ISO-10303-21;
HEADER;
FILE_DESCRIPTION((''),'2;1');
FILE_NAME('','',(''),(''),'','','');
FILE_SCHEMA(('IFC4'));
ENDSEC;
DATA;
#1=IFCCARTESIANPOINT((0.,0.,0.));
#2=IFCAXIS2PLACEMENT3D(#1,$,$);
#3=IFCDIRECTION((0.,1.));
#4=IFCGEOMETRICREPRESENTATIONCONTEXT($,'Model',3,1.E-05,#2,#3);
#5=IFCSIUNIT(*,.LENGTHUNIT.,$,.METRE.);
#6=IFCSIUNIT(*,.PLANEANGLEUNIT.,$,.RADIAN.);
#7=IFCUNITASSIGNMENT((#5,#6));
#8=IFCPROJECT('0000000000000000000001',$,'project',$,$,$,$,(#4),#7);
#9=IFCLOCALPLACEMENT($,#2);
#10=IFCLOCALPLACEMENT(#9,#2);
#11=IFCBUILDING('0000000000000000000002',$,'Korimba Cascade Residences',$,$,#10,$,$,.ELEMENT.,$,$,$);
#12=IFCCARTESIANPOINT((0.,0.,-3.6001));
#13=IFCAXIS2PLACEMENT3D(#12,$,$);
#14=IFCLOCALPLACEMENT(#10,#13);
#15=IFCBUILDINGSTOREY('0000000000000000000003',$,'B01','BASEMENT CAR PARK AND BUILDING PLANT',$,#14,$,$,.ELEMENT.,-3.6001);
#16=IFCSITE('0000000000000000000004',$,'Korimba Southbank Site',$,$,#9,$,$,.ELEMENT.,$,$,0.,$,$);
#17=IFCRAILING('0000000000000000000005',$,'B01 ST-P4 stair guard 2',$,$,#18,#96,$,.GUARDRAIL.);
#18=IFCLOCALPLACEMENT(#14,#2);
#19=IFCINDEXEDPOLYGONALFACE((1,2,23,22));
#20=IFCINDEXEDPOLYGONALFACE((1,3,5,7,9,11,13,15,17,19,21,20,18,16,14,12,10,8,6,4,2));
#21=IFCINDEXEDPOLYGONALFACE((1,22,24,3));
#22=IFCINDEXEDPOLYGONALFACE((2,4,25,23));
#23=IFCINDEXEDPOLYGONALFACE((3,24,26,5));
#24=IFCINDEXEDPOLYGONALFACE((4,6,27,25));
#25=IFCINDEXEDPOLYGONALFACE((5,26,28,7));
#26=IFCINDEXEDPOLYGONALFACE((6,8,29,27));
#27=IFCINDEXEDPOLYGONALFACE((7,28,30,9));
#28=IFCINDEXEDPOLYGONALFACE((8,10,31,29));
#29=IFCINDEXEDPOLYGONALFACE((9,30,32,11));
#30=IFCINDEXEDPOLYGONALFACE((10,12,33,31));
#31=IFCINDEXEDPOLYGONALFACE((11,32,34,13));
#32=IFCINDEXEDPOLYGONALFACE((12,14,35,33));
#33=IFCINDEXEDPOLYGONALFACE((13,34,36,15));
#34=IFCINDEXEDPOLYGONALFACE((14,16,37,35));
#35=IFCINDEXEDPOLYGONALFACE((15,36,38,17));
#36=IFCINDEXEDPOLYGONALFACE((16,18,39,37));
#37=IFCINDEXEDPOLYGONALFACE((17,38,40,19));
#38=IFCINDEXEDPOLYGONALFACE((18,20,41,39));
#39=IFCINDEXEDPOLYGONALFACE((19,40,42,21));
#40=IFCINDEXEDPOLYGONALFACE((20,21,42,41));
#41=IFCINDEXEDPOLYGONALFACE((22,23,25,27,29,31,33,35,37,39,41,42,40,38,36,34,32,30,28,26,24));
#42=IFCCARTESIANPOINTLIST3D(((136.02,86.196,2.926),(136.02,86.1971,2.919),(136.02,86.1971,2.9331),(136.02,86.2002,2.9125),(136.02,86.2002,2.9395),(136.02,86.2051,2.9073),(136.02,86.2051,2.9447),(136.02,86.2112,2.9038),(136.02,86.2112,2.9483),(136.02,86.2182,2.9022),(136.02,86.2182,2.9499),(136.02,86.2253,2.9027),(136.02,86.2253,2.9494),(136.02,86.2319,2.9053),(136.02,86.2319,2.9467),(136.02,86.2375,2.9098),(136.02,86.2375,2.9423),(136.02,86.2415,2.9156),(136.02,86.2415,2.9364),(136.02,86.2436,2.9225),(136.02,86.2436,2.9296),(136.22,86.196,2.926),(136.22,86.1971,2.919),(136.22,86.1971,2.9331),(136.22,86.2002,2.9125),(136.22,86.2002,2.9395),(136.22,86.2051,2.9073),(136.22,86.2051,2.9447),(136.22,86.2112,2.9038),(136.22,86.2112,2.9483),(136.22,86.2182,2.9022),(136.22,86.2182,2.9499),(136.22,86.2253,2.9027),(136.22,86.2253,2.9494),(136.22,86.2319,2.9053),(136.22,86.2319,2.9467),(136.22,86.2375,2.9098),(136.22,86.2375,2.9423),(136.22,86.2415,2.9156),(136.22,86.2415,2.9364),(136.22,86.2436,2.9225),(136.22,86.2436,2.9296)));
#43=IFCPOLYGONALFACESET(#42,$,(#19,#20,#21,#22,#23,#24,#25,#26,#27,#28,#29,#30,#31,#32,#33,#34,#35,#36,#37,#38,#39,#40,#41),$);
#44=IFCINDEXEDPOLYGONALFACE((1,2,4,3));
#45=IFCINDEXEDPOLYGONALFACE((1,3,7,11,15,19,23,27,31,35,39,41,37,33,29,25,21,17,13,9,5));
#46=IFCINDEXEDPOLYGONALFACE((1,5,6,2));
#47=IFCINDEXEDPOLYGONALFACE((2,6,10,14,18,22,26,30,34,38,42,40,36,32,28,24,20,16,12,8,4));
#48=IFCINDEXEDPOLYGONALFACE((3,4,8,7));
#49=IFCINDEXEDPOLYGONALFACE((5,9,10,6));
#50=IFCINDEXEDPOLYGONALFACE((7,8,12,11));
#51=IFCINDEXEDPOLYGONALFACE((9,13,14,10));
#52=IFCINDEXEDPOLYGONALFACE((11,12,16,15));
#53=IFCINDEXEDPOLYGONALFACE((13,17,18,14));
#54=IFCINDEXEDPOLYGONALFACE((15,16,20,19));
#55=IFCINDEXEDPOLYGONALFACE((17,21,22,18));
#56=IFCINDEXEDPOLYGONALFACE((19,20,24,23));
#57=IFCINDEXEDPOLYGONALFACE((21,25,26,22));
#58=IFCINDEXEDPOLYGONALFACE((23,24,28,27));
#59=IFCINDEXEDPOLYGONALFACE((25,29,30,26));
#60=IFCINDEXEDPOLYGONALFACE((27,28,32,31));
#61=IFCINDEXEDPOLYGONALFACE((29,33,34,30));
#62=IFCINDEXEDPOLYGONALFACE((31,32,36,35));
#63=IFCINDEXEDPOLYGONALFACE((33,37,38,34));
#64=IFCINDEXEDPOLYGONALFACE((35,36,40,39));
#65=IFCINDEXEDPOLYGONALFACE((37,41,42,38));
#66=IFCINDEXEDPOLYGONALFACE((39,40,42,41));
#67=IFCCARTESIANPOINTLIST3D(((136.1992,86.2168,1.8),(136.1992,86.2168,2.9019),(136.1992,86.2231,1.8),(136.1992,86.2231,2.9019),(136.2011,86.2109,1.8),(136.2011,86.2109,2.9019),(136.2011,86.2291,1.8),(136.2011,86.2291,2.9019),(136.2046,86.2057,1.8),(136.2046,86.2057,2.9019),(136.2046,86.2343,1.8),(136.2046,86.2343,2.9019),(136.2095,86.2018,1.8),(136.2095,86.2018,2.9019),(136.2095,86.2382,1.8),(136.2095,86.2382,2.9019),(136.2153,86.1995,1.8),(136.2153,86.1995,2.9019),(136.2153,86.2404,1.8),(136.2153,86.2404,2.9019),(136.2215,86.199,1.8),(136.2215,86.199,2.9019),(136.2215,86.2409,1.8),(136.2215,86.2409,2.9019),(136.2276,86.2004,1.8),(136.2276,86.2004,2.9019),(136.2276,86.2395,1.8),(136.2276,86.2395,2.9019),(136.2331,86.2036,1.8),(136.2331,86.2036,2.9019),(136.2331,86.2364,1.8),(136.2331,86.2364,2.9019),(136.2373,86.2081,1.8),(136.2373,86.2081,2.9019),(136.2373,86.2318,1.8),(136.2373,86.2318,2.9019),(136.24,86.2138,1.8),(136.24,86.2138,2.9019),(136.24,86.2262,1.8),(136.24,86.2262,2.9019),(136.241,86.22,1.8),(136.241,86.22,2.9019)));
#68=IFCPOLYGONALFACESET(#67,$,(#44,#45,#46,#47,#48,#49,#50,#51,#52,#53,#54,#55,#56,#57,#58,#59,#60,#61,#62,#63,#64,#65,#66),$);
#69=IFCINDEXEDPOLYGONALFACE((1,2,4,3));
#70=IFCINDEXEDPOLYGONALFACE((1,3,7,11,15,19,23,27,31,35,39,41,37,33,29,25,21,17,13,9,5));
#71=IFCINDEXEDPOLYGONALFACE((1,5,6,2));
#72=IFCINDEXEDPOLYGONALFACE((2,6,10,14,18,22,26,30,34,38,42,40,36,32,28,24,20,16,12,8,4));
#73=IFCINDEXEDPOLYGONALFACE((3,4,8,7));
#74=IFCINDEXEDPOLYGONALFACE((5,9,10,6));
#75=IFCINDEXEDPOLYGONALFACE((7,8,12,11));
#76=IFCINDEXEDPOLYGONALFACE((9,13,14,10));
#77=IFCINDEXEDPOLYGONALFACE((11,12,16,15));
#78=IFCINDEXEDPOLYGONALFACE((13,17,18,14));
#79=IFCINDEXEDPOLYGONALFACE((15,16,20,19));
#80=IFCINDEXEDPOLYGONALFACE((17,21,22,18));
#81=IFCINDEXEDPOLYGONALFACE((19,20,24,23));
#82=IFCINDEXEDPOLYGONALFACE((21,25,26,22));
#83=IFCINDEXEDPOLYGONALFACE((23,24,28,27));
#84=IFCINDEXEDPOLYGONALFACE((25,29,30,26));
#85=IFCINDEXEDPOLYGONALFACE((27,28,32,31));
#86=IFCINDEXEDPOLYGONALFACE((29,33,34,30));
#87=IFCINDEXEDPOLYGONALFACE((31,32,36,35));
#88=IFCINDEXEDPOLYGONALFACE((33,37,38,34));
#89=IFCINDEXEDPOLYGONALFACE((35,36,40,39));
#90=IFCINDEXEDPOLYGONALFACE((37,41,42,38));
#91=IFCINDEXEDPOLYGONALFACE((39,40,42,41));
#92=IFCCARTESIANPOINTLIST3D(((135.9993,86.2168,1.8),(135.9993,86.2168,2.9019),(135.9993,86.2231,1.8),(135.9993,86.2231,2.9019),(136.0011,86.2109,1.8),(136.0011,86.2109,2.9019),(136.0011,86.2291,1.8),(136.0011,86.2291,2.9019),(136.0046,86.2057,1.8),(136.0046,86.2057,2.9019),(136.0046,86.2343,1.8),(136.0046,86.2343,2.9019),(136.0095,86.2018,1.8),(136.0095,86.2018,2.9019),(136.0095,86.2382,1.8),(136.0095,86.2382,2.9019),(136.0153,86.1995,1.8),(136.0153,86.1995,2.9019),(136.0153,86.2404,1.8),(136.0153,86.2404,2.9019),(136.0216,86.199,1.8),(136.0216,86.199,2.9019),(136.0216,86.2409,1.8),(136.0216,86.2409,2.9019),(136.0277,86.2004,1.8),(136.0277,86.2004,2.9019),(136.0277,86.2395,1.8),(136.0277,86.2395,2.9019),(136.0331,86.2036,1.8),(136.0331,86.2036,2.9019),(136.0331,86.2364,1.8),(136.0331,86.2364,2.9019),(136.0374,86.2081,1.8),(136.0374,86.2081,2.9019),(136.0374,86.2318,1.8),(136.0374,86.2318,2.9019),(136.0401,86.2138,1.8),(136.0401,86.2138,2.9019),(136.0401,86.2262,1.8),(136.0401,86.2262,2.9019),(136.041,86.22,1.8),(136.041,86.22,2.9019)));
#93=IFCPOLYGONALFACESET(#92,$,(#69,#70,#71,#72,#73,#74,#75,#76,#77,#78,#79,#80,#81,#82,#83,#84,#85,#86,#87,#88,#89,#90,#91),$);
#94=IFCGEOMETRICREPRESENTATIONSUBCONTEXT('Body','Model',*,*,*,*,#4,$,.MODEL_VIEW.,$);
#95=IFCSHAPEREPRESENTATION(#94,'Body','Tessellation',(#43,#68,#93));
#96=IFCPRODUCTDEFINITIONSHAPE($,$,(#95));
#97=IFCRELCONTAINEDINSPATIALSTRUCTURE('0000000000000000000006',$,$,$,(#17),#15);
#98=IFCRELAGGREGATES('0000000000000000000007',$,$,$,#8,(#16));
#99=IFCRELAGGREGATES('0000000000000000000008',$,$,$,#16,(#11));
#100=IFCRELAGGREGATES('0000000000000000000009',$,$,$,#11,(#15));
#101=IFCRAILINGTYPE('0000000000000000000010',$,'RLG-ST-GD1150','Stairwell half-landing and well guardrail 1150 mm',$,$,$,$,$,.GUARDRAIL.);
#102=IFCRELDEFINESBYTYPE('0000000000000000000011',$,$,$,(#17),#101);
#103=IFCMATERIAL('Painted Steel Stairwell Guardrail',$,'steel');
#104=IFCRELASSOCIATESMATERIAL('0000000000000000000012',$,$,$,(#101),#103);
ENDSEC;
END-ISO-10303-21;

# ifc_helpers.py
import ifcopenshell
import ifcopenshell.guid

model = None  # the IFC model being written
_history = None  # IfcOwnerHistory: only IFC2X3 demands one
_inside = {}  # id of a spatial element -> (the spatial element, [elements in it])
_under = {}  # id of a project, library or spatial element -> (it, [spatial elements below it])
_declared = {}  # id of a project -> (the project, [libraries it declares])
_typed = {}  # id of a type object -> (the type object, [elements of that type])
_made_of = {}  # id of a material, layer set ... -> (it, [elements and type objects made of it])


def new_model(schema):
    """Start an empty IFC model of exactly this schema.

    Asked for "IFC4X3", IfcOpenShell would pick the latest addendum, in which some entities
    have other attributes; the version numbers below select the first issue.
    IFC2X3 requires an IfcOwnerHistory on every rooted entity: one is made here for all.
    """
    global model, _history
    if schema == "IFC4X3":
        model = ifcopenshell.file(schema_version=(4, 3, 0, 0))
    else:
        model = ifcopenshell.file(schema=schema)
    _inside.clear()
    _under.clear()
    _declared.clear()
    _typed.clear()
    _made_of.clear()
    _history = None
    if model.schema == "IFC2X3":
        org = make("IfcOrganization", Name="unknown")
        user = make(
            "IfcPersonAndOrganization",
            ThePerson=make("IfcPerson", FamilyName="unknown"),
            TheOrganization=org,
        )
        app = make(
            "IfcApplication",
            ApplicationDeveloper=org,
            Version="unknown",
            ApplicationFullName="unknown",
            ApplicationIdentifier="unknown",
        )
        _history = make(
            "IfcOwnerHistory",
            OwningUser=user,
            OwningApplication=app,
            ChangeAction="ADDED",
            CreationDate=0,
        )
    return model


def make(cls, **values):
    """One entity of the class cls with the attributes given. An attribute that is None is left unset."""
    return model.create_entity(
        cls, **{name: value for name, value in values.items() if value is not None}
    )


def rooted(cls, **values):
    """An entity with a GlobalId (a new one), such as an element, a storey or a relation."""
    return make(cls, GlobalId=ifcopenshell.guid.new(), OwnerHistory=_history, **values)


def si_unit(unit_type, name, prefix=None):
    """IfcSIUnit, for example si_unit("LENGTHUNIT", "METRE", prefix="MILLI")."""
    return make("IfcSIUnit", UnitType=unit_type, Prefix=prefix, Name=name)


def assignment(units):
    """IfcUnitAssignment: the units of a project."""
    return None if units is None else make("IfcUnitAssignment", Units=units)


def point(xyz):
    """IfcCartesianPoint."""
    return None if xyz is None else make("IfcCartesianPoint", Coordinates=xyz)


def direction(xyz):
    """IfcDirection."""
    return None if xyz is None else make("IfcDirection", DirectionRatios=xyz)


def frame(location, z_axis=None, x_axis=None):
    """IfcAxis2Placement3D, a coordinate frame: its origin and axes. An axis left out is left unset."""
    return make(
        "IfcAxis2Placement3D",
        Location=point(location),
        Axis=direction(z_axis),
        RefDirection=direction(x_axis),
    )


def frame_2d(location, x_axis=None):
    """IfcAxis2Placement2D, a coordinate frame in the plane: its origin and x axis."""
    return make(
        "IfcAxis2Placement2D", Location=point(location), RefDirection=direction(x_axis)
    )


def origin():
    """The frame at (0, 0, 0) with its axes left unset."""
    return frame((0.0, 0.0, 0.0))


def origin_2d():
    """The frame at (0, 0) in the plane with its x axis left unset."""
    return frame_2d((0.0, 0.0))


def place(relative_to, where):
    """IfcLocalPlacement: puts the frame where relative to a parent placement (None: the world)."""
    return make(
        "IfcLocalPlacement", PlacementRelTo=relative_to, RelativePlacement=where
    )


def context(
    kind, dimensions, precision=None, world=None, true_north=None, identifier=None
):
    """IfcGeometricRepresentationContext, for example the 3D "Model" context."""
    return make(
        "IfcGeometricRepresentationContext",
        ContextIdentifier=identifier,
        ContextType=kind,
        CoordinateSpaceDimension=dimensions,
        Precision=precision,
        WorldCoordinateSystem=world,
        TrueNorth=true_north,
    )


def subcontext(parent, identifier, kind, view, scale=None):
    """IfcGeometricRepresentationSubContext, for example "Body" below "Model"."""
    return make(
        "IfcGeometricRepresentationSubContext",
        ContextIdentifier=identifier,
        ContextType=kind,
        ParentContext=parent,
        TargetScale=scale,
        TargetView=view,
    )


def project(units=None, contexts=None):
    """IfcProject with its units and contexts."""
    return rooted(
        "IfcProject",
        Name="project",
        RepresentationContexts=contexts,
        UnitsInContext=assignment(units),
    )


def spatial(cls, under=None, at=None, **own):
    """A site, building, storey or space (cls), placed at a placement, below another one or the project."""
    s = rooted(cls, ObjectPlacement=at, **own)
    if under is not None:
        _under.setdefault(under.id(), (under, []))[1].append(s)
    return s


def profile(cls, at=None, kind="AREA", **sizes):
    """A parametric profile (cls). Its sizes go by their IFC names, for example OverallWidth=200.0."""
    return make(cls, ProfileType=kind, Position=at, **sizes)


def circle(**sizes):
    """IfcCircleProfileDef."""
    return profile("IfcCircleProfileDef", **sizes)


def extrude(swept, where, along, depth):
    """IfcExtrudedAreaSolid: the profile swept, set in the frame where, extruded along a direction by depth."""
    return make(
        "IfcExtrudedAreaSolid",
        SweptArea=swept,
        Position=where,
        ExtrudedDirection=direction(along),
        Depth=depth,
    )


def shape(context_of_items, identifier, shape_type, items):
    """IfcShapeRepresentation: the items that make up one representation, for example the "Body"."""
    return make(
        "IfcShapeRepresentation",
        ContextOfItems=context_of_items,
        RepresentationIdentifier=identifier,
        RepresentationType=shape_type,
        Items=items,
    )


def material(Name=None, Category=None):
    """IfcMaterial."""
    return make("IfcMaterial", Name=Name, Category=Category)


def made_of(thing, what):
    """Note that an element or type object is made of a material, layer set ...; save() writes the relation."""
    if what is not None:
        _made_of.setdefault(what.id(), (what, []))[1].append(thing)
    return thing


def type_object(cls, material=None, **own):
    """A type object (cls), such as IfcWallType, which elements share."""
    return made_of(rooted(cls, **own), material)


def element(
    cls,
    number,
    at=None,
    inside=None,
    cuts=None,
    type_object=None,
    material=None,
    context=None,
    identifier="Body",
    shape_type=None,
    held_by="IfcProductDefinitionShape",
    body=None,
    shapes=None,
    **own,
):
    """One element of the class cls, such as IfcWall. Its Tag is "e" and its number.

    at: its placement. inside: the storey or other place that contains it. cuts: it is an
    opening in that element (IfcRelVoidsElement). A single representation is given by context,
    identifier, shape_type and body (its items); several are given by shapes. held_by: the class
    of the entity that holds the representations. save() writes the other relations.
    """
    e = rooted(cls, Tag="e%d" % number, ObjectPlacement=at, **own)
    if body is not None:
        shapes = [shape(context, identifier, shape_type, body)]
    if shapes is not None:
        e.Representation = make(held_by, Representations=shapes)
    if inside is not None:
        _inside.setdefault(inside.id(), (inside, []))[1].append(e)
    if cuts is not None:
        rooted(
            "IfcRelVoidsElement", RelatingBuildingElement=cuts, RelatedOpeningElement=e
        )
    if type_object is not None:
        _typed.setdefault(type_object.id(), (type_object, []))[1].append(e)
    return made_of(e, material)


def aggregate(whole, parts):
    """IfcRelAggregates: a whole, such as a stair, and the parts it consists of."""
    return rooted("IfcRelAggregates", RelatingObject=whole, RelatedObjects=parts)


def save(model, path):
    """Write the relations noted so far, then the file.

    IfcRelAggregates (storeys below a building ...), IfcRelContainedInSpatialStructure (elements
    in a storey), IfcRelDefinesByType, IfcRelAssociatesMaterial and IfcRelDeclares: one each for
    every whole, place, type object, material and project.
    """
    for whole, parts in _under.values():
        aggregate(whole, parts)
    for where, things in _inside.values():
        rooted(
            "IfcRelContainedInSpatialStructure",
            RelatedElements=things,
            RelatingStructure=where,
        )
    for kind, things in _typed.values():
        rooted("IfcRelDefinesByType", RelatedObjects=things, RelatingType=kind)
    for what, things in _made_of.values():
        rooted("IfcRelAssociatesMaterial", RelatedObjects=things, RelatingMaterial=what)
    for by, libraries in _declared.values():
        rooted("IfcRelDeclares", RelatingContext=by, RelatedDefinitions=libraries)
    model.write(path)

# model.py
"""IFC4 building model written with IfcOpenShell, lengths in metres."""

from ifc_helpers import new_model, si_unit, direction, frame, origin, origin_2d, place, context, subcontext, project, spatial, circle, extrude, material, type_object, element, save


model = new_model("IFC4")

# Units and contexts
model_context = context("Model", 3, precision=1e-05, world=origin(), true_north=direction((0.0, 1.0)))
body_context = subcontext(model_context, "Body", "Model", "MODEL_VIEW")
ifc_project = project(units=[si_unit("LENGTHUNIT", "METRE"), si_unit("PLANEANGLEUNIT", "RADIAN")], contexts=[model_context])

# Site, building, storey
site_placement = place(None, origin())
site = spatial("IfcSite", under=ifc_project, at=site_placement, Name="Korimba Southbank Site", CompositionType="ELEMENT", RefElevation=0.0)
building_placement = place(site_placement, origin())
building = spatial("IfcBuilding", under=site, at=building_placement, Name="Korimba Cascade Residences", CompositionType="ELEMENT")
storey_placement = place(building_placement, frame((0.0, 0.0, -3.6001)))
storey = spatial("IfcBuildingStorey", under=building, at=storey_placement, Name="B01", Description="BASEMENT CAR PARK AND BUILDING PLANT", CompositionType="ELEMENT", Elevation=-3.6001)

# Railing
ifc_material_1 = material(Name="Painted Steel Stairwell Guardrail", Category="steel")
railing_type_1 = type_object("IfcRailingType", Name="RLG-ST-GD1150", Description="Stairwell half-landing and well guardrail 1150 mm", PredefinedType="GUARDRAIL", material=ifc_material_1)
railing_1_placement = place(storey_placement, frame((136.22, 86.22, 1.8)))
element("IfcRailing", 1, at=railing_1_placement, inside=storey, type_object=railing_type_1, Name="B01 ST-P4 stair guard 2", PredefinedType="GUARDRAIL", context=body_context, shape_type="SweptSolid", body=[
    extrude(circle(Radius=0.0239, at=origin_2d()), frame((0.0, 0.0, 1.126), z_axis=(-1.0, 0.0, 0.0), x_axis=(0.0, -1.0, 0.0)), (0.0, 0.0, 1.0), 0.2),
    extrude(circle(Radius=0.021, at=origin_2d()), origin(), (0.0, 0.0, 1.0), 1.1018),
    extrude(circle(Radius=0.021, at=origin_2d()), frame((-0.2, 0.0, 0.0)), (0.0, 0.0, 1.0), 1.1018),
])

save(model, "model.ifc")
